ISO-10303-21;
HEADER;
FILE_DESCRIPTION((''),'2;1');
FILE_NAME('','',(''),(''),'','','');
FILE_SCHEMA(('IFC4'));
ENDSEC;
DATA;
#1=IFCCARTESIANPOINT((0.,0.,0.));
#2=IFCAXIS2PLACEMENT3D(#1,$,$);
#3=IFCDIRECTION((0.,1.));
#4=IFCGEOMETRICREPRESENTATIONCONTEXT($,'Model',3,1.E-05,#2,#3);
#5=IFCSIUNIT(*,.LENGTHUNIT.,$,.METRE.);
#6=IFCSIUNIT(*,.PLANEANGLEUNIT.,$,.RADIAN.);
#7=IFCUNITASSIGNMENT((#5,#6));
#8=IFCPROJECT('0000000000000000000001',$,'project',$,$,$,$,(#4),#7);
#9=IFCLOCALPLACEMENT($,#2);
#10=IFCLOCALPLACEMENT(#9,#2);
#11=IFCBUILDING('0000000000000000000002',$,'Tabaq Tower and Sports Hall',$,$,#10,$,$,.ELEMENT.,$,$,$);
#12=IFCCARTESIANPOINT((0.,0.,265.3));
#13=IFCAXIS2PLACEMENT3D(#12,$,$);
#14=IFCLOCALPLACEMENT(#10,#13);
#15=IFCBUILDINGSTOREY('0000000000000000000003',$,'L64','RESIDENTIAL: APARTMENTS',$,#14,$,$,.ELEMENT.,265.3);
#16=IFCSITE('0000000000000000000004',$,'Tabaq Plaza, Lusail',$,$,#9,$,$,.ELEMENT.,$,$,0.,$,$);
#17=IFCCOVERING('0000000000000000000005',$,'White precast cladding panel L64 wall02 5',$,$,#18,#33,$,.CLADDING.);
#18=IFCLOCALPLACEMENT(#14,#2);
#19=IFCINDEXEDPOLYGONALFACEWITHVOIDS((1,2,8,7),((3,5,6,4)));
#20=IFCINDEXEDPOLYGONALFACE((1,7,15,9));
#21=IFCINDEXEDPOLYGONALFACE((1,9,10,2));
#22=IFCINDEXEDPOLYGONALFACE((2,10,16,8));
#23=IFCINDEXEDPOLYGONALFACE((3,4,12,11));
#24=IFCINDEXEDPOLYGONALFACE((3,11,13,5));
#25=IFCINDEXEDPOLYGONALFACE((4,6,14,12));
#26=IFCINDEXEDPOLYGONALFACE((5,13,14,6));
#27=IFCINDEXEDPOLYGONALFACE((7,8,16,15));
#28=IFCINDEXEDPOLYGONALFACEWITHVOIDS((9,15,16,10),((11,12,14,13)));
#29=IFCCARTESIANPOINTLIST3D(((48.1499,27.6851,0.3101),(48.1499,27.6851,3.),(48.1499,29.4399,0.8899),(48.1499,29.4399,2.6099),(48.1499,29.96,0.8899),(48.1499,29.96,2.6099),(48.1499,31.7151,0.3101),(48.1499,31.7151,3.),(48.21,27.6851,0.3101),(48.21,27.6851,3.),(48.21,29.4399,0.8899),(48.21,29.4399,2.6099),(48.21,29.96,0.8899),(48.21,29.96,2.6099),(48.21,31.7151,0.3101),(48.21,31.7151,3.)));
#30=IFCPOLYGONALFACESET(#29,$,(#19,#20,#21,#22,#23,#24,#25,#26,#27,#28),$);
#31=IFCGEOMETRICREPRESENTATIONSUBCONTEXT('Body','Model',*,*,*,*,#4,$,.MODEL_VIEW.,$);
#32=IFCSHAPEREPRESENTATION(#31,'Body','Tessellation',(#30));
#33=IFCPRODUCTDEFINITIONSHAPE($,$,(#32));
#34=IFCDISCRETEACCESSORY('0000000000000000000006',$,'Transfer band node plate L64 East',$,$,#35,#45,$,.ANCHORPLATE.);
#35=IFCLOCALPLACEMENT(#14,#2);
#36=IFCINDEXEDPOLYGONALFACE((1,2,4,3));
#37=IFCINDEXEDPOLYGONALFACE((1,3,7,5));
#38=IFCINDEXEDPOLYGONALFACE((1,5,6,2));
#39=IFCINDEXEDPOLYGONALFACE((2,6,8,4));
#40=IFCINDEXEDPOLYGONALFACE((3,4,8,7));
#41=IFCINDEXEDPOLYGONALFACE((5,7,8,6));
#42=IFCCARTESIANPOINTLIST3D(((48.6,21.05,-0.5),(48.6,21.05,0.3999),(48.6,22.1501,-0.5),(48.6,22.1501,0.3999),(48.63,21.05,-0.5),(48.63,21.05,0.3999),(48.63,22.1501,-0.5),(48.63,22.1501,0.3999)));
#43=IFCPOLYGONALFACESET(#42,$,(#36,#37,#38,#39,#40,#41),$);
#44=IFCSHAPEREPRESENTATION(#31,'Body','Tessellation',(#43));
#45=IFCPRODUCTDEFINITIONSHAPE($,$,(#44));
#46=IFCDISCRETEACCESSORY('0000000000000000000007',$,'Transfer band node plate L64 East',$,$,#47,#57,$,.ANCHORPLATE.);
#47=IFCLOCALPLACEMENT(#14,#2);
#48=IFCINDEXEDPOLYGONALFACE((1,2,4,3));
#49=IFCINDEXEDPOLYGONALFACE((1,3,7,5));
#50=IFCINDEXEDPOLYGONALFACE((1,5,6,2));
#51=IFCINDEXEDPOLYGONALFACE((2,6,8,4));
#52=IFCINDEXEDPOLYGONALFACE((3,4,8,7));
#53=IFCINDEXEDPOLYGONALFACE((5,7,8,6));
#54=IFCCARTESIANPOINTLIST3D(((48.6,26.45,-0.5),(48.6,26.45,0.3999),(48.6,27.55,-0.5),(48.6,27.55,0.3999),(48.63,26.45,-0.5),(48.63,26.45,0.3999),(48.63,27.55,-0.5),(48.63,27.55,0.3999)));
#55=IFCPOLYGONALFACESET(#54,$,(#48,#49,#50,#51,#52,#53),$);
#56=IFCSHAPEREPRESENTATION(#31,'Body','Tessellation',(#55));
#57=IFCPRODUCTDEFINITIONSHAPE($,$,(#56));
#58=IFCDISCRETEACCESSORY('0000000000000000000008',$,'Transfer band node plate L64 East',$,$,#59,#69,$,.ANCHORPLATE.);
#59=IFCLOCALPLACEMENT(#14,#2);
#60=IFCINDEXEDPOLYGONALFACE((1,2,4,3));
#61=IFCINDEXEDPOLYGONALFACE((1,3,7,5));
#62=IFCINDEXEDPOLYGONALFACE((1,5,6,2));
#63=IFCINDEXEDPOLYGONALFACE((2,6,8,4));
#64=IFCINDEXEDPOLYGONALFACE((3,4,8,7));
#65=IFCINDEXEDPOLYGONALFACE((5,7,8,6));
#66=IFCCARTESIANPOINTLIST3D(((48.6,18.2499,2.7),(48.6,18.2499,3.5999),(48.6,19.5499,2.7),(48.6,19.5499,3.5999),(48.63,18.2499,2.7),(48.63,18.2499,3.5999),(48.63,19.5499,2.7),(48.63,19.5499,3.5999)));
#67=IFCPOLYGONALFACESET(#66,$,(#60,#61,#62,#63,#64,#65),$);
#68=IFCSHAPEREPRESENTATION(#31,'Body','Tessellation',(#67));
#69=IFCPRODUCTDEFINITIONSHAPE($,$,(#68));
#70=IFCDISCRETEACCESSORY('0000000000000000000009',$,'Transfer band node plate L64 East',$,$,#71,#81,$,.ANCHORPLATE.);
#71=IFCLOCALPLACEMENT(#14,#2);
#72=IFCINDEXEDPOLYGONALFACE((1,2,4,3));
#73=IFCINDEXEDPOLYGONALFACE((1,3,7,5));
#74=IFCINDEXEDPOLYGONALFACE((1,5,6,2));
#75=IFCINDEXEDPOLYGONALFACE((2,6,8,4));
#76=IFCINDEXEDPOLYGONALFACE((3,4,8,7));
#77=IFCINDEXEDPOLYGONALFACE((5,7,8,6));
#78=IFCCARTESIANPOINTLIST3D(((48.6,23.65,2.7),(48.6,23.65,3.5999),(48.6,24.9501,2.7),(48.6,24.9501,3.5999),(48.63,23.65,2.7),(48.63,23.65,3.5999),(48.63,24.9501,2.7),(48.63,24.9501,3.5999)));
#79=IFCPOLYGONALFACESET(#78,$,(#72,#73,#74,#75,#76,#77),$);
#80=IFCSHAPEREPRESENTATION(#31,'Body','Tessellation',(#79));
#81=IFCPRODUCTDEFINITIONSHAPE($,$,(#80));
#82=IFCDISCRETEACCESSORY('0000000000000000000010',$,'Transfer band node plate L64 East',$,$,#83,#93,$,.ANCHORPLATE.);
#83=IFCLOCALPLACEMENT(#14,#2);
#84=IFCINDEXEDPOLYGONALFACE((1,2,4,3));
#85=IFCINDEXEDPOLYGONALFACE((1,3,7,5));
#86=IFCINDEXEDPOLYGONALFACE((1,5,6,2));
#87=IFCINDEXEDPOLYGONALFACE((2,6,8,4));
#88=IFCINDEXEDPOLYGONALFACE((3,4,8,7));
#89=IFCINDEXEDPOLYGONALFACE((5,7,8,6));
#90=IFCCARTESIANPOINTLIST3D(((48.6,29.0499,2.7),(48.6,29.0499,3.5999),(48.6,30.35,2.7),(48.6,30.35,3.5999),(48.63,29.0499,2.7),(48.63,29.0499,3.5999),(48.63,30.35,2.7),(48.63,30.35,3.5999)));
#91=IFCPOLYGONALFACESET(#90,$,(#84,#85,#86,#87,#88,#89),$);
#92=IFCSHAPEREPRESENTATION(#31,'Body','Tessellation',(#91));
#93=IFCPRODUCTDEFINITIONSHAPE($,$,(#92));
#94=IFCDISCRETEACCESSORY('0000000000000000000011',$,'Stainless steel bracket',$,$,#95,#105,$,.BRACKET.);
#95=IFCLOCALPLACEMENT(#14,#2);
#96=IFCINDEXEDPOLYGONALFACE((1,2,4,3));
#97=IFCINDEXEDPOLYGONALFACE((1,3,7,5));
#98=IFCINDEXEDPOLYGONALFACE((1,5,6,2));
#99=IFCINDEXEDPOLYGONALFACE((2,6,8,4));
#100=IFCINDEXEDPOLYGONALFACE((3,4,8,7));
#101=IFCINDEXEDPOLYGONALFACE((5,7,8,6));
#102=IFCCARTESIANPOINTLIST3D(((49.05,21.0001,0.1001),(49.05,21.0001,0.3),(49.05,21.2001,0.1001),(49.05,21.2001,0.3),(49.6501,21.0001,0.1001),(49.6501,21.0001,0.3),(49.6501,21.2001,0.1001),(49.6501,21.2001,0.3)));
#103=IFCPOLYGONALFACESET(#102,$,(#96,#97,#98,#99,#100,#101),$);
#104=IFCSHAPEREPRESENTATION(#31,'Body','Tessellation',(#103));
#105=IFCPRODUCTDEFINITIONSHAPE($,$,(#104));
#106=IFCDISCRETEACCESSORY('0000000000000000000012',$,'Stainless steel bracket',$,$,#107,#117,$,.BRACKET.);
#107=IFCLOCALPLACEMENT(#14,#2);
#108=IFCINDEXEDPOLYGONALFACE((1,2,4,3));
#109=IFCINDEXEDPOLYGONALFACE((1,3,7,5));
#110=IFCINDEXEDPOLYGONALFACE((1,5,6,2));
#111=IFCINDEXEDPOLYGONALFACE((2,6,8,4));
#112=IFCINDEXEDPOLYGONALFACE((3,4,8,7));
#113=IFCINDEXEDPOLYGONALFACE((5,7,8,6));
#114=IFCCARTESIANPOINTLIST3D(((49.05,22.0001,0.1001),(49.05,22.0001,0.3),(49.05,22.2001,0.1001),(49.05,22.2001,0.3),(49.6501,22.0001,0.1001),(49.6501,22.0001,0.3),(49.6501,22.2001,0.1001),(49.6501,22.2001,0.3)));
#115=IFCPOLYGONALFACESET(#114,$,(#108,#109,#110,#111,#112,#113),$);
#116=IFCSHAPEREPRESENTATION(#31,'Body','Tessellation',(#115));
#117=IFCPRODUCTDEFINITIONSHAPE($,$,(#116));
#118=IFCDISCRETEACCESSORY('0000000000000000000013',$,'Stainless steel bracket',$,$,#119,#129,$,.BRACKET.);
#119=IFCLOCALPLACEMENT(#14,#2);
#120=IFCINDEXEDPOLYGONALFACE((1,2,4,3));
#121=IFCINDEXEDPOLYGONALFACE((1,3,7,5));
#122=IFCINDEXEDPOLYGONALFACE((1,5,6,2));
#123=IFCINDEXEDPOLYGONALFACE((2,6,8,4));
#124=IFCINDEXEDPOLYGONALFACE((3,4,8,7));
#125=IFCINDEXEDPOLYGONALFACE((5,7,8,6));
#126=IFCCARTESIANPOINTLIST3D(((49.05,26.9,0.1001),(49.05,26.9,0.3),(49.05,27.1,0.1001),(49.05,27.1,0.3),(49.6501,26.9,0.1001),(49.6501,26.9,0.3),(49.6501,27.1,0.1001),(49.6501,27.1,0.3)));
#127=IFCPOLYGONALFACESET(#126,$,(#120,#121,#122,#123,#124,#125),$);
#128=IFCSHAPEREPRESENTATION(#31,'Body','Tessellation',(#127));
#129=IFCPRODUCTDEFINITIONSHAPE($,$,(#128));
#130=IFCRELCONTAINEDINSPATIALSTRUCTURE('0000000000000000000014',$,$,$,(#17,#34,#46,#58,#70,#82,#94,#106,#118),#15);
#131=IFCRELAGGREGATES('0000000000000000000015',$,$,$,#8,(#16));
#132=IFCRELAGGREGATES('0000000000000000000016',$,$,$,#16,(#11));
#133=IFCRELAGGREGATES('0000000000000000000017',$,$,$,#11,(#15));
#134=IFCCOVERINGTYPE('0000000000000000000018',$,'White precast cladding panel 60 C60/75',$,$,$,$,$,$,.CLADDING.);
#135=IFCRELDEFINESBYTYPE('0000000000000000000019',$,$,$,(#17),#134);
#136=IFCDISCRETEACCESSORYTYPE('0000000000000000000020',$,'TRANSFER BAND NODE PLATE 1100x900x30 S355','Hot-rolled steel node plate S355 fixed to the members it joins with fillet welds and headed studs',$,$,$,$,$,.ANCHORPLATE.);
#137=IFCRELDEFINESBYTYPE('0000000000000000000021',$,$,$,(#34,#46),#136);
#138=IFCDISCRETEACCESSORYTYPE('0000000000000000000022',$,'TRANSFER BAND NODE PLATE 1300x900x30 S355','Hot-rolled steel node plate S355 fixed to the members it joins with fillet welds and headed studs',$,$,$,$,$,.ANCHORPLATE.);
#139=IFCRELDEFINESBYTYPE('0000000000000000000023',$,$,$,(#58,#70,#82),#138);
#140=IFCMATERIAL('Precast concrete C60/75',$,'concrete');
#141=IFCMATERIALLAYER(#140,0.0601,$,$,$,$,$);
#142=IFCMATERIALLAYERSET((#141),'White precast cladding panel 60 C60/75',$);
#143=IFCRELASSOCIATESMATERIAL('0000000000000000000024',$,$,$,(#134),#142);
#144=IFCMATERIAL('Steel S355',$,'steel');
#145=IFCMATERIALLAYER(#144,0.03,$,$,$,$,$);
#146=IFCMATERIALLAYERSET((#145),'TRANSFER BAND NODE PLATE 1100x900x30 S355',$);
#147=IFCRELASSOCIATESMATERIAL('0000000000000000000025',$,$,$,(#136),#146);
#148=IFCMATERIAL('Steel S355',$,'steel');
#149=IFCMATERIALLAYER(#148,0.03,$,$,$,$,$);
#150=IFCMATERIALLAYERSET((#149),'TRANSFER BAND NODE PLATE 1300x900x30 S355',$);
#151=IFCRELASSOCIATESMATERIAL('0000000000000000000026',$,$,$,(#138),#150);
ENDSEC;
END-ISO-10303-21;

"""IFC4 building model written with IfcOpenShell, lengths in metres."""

from ifc_helpers import new_model, si_unit, direction, frame, origin, origin_2d, place, context, subcontext, project, spatial, polyline, rectangle, outline, extrude, material, layer, layer_set, type_object, element, save


model = new_model("IFC4")

# Units and contexts
model_context = context("Model", 3, precision=1e-05, world=origin(), true_north=direction((0.0, 1.0)))
body_context = subcontext(model_context, "Body", "Model", "MODEL_VIEW")
ifc_project = project(units=[si_unit("LENGTHUNIT", "METRE"), si_unit("PLANEANGLEUNIT", "RADIAN")], contexts=[model_context])

# Site, building, storey
site_placement = place(None, origin())
site = spatial("IfcSite", under=ifc_project, at=site_placement, Name="Tabaq Plaza, Lusail", CompositionType="ELEMENT", RefElevation=0.0)
building_placement = place(site_placement, origin())
building = spatial("IfcBuilding", under=site, at=building_placement, Name="Tabaq Tower and Sports Hall", CompositionType="ELEMENT")
storey_placement = place(building_placement, frame((0.0, 0.0, 265.3)))
storey = spatial("IfcBuildingStorey", under=building, at=storey_placement, Name="L64", Description="RESIDENTIAL: APARTMENTS", CompositionType="ELEMENT", Elevation=265.3)

# Covering
ifc_material_1 = material(Name="Precast concrete C60/75", Category="concrete")
ifc_layer_1 = layer(ifc_material_1, 0.0601)
ifc_layer_set_1 = layer_set([ifc_layer_1], Name="White precast cladding panel 60 C60/75")
covering_type_1 = type_object("IfcCoveringType", Name="White precast cladding panel 60 C60/75", PredefinedType="CLADDING", material=ifc_layer_set_1)
for number, where, z_axis, x_axis, name in (
    (1, (48.1799, 27.6851, 0.3101), (0.0, 0.0, 1.0), (0.0, 1.0, 0.0), "White precast cladding panel L64 wall02 5"),
):
    element("IfcCovering", number, at=place(storey_placement, frame(where, z_axis=z_axis, x_axis=x_axis)), inside=storey, type_object=covering_type_1, Name=name, PredefinedType="CLADDING", context=body_context, shape_type="SweptSolid", body=[
        extrude(outline(polyline([(0.0, 0.0), (4.03, 0.0), (4.03, 2.6899), (0.0, 2.6899), (0.0, 0.0)]), holes=[polyline([(1.7549, 0.5798), (1.7549, 2.2998), (2.2749, 2.2998), (2.2749, 0.5798), (1.7549, 0.5798)])]), frame((0.0, 0.03, 0.0), z_axis=(0.0, -1.0, 0.0), x_axis=(1.0, 0.0, 0.0)), (0.0, 0.0, 1.0), 0.0601),
    ])

# Discrete accessories
ifc_material_2 = material(Name="Steel S355", Category="steel")
ifc_layer_2 = layer(ifc_material_2, 0.03)
ifc_layer_set_2 = layer_set([ifc_layer_2], Name="TRANSFER BAND NODE PLATE 1100x900x30 S355")
discrete_accessory_type_1 = type_object("IfcDiscreteAccessoryType", Name="TRANSFER BAND NODE PLATE 1100x900x30 S355", Description="Hot-rolled steel node plate S355 fixed to the members it joins with fillet welds and headed studs", PredefinedType="ANCHORPLATE", material=ifc_layer_set_2)
for number, where, z_axis, x_axis, name in (
    (2, (48.615, 21.6001, -0.5), (0.0, 0.0, 1.0), (0.0, 1.0, 0.0), "Transfer band node plate L64 East"),
    (3, (48.615, 27.0, -0.5), (0.0, 0.0, 1.0), (0.0, 1.0, 0.0), "Transfer band node plate L64 East"),
):
    element("IfcDiscreteAccessory", number, at=place(storey_placement, frame(where, z_axis=z_axis, x_axis=x_axis)), inside=storey, type_object=discrete_accessory_type_1, Name=name, PredefinedType="ANCHORPLATE", context=body_context, shape_type="SweptSolid", body=[
        extrude(rectangle(XDim=1.1001, YDim=0.03, at=origin_2d()), origin(), (0.0, 0.0, 1.0), 0.8999),
    ])
ifc_material_3 = material(Name="Steel S355", Category="steel")
ifc_layer_3 = layer(ifc_material_3, 0.03)
ifc_layer_set_3 = layer_set([ifc_layer_3], Name="TRANSFER BAND NODE PLATE 1300x900x30 S355")
discrete_accessory_type_2 = type_object("IfcDiscreteAccessoryType", Name="TRANSFER BAND NODE PLATE 1300x900x30 S355", Description="Hot-rolled steel node plate S355 fixed to the members it joins with fillet welds and headed studs", PredefinedType="ANCHORPLATE", material=ifc_layer_set_3)
for number, where, z_axis, x_axis, name in (
    (4, (48.615, 18.8999, 2.7), (0.0, 0.0, 1.0), (0.0, 1.0, 0.0), "Transfer band node plate L64 East"),
    (5, (48.615, 24.3, 2.7), (0.0, 0.0, 1.0), (0.0, 1.0, 0.0), "Transfer band node plate L64 East"),
    (6, (48.615, 29.7, 2.7), (0.0, 0.0, 1.0), (0.0, 1.0, 0.0), "Transfer band node plate L64 East"),
):
    element("IfcDiscreteAccessory", number, at=place(storey_placement, frame(where, z_axis=z_axis, x_axis=x_axis)), inside=storey, type_object=discrete_accessory_type_2, Name=name, PredefinedType="ANCHORPLATE", context=body_context, shape_type="SweptSolid", body=[
        extrude(rectangle(XDim=1.3, YDim=0.03, at=origin_2d()), origin(), (0.0, 0.0, 1.0), 0.8999),
    ])
for number, where, z_axis, x_axis, name in (
    (7, (49.3501, 21.1001, 0.1001), (0.0, 0.0, 1.0), (1.0, 0.0, 0.0), "Stainless steel bracket"),
    (8, (49.3501, 22.1001, 0.1001), (0.0, 0.0, 1.0), (1.0, 0.0, 0.0), "Stainless steel bracket"),
    (9, (49.3501, 27.0, 0.1001), (0.0, 0.0, 1.0), (1.0, 0.0, 0.0), "Stainless steel bracket"),
):
    element("IfcDiscreteAccessory", number, at=place(storey_placement, frame(where, z_axis=z_axis, x_axis=x_axis)), inside=storey, Name=name, PredefinedType="BRACKET", context=body_context, shape_type="SweptSolid", body=[
        extrude(rectangle(XDim=0.6001, YDim=0.2, at=origin_2d()), origin(), (0.0, 0.0, 1.0), 0.2),
    ])

save(model, "model.ifc")
